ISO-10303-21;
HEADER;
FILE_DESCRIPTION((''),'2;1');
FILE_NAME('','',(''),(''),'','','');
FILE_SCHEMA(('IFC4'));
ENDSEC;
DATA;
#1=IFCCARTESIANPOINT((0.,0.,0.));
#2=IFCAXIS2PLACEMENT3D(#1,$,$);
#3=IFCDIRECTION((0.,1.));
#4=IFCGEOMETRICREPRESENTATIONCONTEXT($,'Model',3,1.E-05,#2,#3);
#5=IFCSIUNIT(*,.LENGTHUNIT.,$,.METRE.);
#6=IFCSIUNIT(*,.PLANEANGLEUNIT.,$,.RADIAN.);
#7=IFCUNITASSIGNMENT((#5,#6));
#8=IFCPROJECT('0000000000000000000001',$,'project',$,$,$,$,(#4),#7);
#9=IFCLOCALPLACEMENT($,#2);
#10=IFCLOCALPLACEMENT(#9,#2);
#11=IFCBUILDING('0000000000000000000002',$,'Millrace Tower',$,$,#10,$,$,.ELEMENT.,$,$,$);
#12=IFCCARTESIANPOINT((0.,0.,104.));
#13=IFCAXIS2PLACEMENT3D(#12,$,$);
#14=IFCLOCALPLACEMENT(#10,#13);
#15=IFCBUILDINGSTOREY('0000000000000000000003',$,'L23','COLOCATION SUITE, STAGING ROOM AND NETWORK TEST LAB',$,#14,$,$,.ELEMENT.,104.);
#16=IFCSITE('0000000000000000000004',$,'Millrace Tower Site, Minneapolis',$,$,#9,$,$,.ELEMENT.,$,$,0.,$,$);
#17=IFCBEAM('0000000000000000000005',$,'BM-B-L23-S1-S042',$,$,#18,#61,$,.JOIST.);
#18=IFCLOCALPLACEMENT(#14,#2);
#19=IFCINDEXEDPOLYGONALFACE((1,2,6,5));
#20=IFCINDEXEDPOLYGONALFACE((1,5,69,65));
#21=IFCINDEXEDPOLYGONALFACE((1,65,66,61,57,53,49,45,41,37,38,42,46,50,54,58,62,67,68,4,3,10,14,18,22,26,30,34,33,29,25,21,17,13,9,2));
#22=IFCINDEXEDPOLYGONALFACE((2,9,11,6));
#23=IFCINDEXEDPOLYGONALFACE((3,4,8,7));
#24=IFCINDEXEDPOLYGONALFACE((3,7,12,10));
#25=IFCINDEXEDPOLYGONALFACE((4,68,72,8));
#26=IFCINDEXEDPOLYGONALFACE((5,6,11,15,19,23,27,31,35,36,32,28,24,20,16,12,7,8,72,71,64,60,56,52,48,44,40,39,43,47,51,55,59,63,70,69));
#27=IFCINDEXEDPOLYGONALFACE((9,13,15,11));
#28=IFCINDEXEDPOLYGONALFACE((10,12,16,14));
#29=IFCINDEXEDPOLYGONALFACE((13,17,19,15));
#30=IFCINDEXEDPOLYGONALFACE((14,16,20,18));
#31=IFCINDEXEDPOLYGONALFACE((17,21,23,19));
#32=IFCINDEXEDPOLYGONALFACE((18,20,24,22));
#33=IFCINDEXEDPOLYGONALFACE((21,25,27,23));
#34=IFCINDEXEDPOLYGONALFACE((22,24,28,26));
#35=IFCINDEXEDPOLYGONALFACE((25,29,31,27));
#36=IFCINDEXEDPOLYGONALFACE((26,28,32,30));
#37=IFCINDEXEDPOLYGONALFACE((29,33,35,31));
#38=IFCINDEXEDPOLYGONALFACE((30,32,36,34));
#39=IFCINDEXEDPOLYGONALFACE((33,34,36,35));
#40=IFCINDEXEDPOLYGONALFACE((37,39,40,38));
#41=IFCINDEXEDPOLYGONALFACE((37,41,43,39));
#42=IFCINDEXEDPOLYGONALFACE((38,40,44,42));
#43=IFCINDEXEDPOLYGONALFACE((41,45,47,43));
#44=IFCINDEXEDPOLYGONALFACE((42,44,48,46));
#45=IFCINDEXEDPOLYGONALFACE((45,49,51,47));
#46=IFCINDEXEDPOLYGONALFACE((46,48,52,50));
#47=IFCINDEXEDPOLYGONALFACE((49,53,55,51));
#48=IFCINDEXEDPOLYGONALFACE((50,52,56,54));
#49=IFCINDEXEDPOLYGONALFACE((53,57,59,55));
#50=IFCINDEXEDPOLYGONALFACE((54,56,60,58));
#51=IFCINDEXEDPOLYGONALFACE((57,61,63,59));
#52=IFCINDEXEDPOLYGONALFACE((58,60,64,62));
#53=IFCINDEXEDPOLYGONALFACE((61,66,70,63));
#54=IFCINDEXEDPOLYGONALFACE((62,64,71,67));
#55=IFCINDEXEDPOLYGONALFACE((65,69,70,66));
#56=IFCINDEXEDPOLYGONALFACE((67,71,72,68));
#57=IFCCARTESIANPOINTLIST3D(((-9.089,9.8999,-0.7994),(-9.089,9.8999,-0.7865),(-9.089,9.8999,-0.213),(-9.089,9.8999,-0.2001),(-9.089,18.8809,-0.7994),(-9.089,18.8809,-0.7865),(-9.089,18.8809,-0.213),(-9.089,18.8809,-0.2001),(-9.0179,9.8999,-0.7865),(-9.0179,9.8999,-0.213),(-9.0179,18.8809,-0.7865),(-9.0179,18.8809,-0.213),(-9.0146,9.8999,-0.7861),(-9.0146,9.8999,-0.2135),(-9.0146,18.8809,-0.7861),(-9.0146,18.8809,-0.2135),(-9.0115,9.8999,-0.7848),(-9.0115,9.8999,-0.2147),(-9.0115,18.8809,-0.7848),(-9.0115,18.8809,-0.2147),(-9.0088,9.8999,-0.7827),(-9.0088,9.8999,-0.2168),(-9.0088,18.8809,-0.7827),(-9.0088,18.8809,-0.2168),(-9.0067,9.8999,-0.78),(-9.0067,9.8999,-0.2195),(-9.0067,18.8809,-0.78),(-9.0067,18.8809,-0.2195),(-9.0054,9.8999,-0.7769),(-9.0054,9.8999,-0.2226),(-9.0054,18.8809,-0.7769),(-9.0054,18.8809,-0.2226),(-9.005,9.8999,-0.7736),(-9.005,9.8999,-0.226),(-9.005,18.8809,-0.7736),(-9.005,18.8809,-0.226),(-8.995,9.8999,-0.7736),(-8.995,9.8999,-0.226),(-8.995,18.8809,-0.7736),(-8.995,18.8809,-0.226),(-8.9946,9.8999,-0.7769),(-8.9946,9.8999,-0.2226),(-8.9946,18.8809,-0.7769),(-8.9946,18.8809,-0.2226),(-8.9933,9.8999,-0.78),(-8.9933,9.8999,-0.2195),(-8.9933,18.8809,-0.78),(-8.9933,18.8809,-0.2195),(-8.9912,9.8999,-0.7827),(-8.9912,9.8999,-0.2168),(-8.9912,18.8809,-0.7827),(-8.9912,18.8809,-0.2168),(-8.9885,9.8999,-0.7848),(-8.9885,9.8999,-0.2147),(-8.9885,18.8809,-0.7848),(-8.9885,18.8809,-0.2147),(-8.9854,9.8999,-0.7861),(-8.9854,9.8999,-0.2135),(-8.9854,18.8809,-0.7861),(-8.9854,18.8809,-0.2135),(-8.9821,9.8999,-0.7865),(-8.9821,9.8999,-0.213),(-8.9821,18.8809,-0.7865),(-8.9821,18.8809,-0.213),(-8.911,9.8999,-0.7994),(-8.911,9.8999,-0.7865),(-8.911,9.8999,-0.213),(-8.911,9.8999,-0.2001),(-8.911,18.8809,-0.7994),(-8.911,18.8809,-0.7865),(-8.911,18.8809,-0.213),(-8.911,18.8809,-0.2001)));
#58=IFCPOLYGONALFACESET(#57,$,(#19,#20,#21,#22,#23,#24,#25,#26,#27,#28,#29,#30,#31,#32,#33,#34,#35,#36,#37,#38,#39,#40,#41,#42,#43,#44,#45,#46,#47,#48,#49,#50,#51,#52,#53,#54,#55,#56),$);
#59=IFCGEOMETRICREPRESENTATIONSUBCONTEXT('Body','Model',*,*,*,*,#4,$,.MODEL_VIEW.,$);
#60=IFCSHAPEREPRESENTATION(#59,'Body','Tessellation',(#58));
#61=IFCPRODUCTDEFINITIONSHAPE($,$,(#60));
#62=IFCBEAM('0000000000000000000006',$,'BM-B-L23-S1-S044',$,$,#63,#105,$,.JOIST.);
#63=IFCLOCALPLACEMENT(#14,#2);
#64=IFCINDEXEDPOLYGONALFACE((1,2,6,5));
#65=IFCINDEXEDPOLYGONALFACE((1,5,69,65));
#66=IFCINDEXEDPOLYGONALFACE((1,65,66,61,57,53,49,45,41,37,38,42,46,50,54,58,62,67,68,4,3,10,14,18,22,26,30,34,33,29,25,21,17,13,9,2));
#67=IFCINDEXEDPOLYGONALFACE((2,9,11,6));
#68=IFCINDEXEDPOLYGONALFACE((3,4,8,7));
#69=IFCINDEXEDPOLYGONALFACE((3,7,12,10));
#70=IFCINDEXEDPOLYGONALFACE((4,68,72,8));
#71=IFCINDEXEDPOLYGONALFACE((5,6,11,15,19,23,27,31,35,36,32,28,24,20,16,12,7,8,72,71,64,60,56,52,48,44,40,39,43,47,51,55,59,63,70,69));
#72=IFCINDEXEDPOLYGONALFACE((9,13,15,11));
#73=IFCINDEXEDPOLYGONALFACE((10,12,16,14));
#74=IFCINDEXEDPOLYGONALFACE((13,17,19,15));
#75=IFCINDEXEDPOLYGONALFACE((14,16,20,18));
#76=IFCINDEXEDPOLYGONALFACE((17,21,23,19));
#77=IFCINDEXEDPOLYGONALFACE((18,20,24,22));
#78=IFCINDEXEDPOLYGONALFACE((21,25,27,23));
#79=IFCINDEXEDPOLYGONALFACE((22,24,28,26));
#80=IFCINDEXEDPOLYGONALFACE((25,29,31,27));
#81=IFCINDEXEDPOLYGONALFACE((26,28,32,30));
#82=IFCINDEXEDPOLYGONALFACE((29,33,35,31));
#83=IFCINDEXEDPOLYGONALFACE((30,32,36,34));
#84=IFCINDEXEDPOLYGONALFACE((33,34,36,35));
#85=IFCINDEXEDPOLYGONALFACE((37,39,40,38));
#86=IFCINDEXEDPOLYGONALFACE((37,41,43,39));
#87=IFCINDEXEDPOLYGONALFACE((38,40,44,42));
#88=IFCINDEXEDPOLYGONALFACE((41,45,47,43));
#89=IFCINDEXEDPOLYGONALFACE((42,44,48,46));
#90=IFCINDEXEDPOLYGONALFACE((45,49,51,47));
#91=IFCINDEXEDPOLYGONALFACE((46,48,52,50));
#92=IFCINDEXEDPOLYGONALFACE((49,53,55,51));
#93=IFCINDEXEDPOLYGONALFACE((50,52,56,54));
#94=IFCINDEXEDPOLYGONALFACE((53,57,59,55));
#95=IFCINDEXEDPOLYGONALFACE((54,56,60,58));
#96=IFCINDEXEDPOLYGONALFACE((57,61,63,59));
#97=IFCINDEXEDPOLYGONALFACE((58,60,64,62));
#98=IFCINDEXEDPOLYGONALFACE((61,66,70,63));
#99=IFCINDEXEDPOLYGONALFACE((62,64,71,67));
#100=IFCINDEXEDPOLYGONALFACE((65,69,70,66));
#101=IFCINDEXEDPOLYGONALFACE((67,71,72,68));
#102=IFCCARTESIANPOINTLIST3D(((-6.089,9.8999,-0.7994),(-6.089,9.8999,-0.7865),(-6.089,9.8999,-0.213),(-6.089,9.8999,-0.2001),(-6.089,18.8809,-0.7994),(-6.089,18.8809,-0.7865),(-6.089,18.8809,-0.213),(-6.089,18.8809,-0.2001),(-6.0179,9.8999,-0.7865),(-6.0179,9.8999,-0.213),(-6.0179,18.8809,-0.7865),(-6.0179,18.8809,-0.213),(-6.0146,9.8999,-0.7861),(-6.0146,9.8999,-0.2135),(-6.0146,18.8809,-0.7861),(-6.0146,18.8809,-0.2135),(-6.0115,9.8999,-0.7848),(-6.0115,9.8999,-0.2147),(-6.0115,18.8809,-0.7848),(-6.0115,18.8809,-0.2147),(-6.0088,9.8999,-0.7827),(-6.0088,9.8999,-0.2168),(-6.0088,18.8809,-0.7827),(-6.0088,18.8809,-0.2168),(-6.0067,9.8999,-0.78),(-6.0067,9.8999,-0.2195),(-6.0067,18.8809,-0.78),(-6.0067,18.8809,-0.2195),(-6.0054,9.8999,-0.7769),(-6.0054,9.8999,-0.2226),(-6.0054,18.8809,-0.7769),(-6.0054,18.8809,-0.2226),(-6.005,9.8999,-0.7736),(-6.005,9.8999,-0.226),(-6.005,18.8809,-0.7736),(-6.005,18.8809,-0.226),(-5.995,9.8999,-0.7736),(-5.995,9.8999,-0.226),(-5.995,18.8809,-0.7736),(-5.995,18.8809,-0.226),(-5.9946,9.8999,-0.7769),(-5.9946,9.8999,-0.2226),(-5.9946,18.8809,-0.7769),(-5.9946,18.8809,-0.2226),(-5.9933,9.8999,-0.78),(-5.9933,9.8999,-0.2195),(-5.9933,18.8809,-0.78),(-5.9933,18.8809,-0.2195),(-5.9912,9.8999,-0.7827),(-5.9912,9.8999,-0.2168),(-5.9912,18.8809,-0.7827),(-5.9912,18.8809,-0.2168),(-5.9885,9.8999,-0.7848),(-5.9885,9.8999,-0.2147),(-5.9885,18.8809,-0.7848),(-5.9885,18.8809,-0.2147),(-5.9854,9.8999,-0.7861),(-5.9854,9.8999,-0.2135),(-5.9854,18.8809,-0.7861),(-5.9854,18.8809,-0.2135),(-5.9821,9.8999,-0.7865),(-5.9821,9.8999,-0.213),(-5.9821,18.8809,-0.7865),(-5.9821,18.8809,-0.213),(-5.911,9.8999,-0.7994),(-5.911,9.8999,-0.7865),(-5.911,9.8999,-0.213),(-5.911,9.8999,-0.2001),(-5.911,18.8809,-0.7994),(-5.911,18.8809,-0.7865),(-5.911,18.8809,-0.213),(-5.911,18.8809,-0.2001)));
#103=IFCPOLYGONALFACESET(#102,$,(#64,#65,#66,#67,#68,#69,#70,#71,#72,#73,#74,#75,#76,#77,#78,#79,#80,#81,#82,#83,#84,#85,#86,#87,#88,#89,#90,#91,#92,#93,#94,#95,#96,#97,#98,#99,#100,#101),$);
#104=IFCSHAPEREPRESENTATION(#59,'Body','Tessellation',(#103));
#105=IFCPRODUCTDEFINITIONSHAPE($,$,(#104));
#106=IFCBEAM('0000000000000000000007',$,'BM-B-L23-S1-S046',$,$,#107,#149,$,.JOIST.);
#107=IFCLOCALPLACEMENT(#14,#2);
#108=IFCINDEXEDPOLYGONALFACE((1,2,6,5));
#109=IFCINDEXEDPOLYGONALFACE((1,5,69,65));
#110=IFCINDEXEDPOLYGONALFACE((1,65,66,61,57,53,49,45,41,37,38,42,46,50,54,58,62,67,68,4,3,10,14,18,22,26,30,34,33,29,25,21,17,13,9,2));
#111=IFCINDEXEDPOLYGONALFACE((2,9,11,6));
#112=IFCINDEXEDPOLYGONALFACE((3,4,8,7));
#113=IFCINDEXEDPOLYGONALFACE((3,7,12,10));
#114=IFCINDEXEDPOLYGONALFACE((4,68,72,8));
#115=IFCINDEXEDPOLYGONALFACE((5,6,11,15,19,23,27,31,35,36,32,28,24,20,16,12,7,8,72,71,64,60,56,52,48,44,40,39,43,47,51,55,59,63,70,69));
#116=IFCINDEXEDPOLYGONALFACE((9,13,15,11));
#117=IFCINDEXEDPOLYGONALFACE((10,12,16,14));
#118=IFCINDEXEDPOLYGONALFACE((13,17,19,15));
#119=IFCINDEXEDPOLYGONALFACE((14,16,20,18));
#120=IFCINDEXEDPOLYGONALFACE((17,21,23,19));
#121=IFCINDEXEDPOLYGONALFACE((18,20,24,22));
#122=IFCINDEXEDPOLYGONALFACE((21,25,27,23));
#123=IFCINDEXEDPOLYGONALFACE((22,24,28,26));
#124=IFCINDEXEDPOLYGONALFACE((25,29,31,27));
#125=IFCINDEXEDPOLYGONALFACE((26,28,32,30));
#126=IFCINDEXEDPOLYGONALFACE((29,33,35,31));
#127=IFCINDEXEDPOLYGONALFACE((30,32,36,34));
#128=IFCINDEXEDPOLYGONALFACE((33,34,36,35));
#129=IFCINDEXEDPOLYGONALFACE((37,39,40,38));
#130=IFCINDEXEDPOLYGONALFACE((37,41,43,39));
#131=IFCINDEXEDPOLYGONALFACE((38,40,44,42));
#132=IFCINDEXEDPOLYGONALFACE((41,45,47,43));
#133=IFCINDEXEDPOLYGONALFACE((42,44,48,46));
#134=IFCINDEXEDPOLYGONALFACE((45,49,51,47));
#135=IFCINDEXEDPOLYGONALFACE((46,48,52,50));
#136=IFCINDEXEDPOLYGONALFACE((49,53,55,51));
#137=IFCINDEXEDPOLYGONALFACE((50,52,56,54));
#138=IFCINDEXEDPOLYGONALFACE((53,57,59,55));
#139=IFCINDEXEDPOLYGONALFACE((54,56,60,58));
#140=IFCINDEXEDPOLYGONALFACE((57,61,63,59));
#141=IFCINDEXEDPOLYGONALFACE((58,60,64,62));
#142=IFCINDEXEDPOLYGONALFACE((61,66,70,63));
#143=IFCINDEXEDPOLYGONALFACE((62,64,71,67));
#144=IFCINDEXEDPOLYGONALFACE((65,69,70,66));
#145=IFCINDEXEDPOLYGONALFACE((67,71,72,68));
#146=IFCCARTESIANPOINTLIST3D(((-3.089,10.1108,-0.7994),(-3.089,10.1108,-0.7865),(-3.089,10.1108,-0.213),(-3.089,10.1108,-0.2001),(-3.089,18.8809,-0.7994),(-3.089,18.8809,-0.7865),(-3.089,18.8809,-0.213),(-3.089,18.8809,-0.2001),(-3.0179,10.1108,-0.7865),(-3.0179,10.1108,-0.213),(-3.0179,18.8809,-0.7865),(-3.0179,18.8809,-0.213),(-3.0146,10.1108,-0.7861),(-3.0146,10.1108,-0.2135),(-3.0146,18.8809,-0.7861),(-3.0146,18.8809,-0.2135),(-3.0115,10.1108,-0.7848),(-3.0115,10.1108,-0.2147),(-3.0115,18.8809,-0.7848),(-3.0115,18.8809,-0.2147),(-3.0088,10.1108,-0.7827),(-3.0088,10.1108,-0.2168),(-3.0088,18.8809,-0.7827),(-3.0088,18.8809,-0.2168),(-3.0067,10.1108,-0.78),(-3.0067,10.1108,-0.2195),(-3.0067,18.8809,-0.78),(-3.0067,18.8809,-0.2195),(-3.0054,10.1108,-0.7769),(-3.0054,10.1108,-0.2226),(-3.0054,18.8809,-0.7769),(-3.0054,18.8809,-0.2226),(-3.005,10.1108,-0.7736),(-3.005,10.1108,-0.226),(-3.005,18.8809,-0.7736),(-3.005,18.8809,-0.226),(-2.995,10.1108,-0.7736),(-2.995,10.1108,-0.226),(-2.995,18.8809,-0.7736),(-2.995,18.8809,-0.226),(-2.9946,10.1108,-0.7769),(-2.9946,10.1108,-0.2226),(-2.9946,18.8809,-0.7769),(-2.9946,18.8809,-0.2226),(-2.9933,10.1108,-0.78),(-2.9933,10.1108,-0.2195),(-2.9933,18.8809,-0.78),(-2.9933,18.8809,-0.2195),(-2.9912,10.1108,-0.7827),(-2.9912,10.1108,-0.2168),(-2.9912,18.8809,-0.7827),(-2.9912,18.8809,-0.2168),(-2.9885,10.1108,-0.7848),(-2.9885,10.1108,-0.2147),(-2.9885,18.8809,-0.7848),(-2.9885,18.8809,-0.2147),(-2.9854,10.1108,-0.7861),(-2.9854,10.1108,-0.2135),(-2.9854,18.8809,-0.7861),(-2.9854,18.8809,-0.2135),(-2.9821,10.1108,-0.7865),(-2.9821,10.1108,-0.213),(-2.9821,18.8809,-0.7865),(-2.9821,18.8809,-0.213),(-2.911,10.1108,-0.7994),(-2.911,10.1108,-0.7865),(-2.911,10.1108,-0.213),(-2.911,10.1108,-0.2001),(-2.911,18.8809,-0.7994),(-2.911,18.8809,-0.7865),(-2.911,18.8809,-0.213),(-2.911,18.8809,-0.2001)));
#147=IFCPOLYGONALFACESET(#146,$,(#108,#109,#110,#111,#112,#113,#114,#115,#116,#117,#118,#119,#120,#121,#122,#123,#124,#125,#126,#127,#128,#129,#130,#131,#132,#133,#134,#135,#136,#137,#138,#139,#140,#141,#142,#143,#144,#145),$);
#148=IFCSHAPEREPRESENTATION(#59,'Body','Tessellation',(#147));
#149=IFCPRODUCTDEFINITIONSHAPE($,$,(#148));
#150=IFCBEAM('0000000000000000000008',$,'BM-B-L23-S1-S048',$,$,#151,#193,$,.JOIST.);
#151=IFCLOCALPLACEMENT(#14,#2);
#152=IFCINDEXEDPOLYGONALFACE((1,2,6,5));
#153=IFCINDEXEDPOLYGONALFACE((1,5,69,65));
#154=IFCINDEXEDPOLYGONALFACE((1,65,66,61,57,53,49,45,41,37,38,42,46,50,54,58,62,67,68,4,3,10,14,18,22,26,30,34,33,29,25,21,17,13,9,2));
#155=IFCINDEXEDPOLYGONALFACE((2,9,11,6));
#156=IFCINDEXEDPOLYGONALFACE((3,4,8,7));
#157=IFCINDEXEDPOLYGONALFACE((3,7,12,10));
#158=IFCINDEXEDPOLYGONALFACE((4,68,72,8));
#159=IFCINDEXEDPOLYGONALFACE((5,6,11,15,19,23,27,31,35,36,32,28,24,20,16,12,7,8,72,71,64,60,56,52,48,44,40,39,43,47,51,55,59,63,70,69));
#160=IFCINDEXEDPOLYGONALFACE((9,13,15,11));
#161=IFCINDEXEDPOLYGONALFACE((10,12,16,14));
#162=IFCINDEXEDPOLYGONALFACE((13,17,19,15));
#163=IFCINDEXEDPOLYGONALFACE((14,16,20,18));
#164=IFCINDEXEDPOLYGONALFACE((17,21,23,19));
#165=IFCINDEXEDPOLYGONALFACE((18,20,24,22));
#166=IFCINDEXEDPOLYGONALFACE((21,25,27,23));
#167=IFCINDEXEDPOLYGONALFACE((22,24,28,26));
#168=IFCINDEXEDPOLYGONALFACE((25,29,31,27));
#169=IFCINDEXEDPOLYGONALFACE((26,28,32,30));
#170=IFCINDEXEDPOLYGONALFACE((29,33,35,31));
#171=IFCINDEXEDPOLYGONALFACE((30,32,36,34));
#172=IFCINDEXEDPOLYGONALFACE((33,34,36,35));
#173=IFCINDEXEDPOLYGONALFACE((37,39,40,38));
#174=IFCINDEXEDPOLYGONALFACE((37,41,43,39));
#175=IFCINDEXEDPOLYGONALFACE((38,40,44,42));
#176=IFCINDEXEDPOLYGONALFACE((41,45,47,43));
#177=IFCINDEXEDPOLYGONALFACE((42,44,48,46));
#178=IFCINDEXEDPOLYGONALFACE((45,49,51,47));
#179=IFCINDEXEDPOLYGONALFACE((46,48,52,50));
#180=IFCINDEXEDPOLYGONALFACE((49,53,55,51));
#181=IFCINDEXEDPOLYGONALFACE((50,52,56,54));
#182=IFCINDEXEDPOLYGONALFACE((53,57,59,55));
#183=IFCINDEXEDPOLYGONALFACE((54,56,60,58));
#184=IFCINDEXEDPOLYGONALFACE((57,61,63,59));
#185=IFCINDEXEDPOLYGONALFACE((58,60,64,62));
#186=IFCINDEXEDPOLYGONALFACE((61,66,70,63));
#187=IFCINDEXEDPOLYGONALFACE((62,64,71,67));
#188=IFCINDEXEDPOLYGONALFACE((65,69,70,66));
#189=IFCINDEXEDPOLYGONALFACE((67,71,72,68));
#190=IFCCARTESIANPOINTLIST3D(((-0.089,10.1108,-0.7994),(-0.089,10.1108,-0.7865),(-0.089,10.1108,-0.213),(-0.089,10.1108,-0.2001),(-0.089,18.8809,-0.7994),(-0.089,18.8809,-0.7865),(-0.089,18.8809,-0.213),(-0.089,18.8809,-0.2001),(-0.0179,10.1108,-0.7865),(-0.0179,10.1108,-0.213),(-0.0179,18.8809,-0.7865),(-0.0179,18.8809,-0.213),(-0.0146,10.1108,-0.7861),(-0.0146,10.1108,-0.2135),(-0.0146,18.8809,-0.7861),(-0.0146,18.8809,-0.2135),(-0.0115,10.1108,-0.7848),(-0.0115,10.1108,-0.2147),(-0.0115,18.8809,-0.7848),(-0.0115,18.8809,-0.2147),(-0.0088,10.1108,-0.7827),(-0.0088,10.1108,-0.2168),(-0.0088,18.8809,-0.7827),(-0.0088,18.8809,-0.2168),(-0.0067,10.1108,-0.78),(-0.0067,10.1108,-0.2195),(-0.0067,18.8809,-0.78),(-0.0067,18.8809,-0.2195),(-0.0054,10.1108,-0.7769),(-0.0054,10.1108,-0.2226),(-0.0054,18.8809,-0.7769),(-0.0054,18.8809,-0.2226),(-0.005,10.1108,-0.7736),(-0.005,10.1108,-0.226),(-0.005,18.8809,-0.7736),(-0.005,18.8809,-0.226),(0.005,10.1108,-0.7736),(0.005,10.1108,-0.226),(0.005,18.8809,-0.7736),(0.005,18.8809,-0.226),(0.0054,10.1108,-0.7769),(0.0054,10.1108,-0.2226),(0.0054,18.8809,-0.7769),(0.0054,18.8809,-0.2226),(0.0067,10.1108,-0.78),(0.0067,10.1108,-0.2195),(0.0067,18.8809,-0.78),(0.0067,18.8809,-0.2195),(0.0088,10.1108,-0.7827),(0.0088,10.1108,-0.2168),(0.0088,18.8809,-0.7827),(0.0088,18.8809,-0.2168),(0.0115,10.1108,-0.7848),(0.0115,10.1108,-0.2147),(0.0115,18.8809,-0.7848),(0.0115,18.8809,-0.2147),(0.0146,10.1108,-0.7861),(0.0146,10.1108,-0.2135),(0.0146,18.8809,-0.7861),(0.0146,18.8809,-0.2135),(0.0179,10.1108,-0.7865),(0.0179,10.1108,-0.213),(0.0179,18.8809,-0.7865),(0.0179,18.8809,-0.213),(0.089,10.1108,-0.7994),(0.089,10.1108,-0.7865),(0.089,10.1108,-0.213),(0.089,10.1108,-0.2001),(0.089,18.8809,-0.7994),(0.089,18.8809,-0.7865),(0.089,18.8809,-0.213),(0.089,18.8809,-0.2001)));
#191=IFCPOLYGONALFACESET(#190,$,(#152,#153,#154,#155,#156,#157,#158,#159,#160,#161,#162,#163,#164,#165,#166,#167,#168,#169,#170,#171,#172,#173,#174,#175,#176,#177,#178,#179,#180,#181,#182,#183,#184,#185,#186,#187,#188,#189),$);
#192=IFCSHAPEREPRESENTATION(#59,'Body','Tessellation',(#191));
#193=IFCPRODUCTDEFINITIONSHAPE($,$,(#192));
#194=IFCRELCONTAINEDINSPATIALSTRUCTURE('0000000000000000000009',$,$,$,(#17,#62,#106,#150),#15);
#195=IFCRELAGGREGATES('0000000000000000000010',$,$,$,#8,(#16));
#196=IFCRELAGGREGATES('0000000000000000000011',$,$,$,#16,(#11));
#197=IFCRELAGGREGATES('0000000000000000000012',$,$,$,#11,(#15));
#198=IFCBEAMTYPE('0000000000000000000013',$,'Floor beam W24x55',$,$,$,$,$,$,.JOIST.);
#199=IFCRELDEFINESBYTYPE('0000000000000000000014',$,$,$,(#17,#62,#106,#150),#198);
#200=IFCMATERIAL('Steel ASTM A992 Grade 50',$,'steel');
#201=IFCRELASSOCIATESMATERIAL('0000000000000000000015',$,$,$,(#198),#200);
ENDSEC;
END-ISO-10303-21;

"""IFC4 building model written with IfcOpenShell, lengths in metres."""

from ifc_helpers import new_model, si_unit, direction, frame, origin, origin_2d, place, context, subcontext, project, spatial, i_section, extrude, material, material_profile, profile_set, type_object, element, save


model = new_model("IFC4")

# Units and contexts
model_context = context("Model", 3, precision=1e-05, world=origin(), true_north=direction((0.0, 1.0)))
body_context = subcontext(model_context, "Body", "Model", "MODEL_VIEW")
ifc_project = project(units=[si_unit("LENGTHUNIT", "METRE"), si_unit("PLANEANGLEUNIT", "RADIAN")], contexts=[model_context])

# Site, building, storey
site_placement = place(None, origin())
site = spatial("IfcSite", under=ifc_project, at=site_placement, Name="Millrace Tower Site, Minneapolis", CompositionType="ELEMENT", RefElevation=0.0)
building_placement = place(site_placement, origin())
building = spatial("IfcBuilding", under=site, at=building_placement, Name="Millrace Tower", CompositionType="ELEMENT")
storey_placement = place(building_placement, frame((0.0, 0.0, 104.0)))
storey = spatial("IfcBuildingStorey", under=building, at=storey_placement, Name="L23", Description="COLOCATION SUITE, STAGING ROOM AND NETWORK TEST LAB", CompositionType="ELEMENT", Elevation=104.0)

# Beams
ifc_material_1 = material(Name="Steel ASTM A992 Grade 50", Category="steel")
ifc_material_profile_1 = material_profile(ifc_material_1, i_section(OverallWidth=0.178, OverallDepth=0.5994, WebThickness=0.01, FlangeThickness=0.0129, FilletRadius=0.0129, at=origin_2d()))
ifc_profile_set_1 = profile_set([ifc_material_profile_1], Name="Steel ASTM A992 Grade 50")
beam_type_1 = type_object("IfcBeamType", Name="Floor beam W24x55", PredefinedType="JOIST", material=ifc_profile_set_1)
for number, where, z_axis, x_axis, name in (
    (1, (-9.0, 9.8999, -0.4998), (0.0, 1.0, 0.0), (-1.0, 0.0, 0.0), "BM-B-L23-S1-S042"),
    (2, (-6.0, 9.8999, -0.4998), (0.0, 1.0, 0.0), (-1.0, 0.0, 0.0), "BM-B-L23-S1-S044"),
):
    element("IfcBeam", number, at=place(storey_placement, frame(where, z_axis=z_axis, x_axis=x_axis)), inside=storey, type_object=beam_type_1, Name=name, PredefinedType="JOIST", context=body_context, shape_type="SweptSolid", body=[
        extrude(i_section(OverallWidth=0.178, OverallDepth=0.5994, WebThickness=0.01, FlangeThickness=0.0129, FilletRadius=0.0129, at=origin_2d()), origin(), (0.0, 0.0, 1.0), 8.981),
    ])
for number, where, z_axis, x_axis, name in (
    (3, (-3.0, 10.1108, -0.4998), (0.0, 1.0, 0.0), (-1.0, 0.0, 0.0), "BM-B-L23-S1-S046"),
    (4, (0.0, 10.1108, -0.4998), (0.0, 1.0, 0.0), (-1.0, 0.0, 0.0), "BM-B-L23-S1-S048"),
):
    element("IfcBeam", number, at=place(storey_placement, frame(where, z_axis=z_axis, x_axis=x_axis)), inside=storey, type_object=beam_type_1, Name=name, PredefinedType="JOIST", context=body_context, shape_type="SweptSolid", body=[
        extrude(i_section(OverallWidth=0.178, OverallDepth=0.5994, WebThickness=0.01, FlangeThickness=0.0129, FilletRadius=0.0129, at=origin_2d()), origin(), (0.0, 0.0, 1.0), 8.77),
    ])

save(model, "model.ifc")
